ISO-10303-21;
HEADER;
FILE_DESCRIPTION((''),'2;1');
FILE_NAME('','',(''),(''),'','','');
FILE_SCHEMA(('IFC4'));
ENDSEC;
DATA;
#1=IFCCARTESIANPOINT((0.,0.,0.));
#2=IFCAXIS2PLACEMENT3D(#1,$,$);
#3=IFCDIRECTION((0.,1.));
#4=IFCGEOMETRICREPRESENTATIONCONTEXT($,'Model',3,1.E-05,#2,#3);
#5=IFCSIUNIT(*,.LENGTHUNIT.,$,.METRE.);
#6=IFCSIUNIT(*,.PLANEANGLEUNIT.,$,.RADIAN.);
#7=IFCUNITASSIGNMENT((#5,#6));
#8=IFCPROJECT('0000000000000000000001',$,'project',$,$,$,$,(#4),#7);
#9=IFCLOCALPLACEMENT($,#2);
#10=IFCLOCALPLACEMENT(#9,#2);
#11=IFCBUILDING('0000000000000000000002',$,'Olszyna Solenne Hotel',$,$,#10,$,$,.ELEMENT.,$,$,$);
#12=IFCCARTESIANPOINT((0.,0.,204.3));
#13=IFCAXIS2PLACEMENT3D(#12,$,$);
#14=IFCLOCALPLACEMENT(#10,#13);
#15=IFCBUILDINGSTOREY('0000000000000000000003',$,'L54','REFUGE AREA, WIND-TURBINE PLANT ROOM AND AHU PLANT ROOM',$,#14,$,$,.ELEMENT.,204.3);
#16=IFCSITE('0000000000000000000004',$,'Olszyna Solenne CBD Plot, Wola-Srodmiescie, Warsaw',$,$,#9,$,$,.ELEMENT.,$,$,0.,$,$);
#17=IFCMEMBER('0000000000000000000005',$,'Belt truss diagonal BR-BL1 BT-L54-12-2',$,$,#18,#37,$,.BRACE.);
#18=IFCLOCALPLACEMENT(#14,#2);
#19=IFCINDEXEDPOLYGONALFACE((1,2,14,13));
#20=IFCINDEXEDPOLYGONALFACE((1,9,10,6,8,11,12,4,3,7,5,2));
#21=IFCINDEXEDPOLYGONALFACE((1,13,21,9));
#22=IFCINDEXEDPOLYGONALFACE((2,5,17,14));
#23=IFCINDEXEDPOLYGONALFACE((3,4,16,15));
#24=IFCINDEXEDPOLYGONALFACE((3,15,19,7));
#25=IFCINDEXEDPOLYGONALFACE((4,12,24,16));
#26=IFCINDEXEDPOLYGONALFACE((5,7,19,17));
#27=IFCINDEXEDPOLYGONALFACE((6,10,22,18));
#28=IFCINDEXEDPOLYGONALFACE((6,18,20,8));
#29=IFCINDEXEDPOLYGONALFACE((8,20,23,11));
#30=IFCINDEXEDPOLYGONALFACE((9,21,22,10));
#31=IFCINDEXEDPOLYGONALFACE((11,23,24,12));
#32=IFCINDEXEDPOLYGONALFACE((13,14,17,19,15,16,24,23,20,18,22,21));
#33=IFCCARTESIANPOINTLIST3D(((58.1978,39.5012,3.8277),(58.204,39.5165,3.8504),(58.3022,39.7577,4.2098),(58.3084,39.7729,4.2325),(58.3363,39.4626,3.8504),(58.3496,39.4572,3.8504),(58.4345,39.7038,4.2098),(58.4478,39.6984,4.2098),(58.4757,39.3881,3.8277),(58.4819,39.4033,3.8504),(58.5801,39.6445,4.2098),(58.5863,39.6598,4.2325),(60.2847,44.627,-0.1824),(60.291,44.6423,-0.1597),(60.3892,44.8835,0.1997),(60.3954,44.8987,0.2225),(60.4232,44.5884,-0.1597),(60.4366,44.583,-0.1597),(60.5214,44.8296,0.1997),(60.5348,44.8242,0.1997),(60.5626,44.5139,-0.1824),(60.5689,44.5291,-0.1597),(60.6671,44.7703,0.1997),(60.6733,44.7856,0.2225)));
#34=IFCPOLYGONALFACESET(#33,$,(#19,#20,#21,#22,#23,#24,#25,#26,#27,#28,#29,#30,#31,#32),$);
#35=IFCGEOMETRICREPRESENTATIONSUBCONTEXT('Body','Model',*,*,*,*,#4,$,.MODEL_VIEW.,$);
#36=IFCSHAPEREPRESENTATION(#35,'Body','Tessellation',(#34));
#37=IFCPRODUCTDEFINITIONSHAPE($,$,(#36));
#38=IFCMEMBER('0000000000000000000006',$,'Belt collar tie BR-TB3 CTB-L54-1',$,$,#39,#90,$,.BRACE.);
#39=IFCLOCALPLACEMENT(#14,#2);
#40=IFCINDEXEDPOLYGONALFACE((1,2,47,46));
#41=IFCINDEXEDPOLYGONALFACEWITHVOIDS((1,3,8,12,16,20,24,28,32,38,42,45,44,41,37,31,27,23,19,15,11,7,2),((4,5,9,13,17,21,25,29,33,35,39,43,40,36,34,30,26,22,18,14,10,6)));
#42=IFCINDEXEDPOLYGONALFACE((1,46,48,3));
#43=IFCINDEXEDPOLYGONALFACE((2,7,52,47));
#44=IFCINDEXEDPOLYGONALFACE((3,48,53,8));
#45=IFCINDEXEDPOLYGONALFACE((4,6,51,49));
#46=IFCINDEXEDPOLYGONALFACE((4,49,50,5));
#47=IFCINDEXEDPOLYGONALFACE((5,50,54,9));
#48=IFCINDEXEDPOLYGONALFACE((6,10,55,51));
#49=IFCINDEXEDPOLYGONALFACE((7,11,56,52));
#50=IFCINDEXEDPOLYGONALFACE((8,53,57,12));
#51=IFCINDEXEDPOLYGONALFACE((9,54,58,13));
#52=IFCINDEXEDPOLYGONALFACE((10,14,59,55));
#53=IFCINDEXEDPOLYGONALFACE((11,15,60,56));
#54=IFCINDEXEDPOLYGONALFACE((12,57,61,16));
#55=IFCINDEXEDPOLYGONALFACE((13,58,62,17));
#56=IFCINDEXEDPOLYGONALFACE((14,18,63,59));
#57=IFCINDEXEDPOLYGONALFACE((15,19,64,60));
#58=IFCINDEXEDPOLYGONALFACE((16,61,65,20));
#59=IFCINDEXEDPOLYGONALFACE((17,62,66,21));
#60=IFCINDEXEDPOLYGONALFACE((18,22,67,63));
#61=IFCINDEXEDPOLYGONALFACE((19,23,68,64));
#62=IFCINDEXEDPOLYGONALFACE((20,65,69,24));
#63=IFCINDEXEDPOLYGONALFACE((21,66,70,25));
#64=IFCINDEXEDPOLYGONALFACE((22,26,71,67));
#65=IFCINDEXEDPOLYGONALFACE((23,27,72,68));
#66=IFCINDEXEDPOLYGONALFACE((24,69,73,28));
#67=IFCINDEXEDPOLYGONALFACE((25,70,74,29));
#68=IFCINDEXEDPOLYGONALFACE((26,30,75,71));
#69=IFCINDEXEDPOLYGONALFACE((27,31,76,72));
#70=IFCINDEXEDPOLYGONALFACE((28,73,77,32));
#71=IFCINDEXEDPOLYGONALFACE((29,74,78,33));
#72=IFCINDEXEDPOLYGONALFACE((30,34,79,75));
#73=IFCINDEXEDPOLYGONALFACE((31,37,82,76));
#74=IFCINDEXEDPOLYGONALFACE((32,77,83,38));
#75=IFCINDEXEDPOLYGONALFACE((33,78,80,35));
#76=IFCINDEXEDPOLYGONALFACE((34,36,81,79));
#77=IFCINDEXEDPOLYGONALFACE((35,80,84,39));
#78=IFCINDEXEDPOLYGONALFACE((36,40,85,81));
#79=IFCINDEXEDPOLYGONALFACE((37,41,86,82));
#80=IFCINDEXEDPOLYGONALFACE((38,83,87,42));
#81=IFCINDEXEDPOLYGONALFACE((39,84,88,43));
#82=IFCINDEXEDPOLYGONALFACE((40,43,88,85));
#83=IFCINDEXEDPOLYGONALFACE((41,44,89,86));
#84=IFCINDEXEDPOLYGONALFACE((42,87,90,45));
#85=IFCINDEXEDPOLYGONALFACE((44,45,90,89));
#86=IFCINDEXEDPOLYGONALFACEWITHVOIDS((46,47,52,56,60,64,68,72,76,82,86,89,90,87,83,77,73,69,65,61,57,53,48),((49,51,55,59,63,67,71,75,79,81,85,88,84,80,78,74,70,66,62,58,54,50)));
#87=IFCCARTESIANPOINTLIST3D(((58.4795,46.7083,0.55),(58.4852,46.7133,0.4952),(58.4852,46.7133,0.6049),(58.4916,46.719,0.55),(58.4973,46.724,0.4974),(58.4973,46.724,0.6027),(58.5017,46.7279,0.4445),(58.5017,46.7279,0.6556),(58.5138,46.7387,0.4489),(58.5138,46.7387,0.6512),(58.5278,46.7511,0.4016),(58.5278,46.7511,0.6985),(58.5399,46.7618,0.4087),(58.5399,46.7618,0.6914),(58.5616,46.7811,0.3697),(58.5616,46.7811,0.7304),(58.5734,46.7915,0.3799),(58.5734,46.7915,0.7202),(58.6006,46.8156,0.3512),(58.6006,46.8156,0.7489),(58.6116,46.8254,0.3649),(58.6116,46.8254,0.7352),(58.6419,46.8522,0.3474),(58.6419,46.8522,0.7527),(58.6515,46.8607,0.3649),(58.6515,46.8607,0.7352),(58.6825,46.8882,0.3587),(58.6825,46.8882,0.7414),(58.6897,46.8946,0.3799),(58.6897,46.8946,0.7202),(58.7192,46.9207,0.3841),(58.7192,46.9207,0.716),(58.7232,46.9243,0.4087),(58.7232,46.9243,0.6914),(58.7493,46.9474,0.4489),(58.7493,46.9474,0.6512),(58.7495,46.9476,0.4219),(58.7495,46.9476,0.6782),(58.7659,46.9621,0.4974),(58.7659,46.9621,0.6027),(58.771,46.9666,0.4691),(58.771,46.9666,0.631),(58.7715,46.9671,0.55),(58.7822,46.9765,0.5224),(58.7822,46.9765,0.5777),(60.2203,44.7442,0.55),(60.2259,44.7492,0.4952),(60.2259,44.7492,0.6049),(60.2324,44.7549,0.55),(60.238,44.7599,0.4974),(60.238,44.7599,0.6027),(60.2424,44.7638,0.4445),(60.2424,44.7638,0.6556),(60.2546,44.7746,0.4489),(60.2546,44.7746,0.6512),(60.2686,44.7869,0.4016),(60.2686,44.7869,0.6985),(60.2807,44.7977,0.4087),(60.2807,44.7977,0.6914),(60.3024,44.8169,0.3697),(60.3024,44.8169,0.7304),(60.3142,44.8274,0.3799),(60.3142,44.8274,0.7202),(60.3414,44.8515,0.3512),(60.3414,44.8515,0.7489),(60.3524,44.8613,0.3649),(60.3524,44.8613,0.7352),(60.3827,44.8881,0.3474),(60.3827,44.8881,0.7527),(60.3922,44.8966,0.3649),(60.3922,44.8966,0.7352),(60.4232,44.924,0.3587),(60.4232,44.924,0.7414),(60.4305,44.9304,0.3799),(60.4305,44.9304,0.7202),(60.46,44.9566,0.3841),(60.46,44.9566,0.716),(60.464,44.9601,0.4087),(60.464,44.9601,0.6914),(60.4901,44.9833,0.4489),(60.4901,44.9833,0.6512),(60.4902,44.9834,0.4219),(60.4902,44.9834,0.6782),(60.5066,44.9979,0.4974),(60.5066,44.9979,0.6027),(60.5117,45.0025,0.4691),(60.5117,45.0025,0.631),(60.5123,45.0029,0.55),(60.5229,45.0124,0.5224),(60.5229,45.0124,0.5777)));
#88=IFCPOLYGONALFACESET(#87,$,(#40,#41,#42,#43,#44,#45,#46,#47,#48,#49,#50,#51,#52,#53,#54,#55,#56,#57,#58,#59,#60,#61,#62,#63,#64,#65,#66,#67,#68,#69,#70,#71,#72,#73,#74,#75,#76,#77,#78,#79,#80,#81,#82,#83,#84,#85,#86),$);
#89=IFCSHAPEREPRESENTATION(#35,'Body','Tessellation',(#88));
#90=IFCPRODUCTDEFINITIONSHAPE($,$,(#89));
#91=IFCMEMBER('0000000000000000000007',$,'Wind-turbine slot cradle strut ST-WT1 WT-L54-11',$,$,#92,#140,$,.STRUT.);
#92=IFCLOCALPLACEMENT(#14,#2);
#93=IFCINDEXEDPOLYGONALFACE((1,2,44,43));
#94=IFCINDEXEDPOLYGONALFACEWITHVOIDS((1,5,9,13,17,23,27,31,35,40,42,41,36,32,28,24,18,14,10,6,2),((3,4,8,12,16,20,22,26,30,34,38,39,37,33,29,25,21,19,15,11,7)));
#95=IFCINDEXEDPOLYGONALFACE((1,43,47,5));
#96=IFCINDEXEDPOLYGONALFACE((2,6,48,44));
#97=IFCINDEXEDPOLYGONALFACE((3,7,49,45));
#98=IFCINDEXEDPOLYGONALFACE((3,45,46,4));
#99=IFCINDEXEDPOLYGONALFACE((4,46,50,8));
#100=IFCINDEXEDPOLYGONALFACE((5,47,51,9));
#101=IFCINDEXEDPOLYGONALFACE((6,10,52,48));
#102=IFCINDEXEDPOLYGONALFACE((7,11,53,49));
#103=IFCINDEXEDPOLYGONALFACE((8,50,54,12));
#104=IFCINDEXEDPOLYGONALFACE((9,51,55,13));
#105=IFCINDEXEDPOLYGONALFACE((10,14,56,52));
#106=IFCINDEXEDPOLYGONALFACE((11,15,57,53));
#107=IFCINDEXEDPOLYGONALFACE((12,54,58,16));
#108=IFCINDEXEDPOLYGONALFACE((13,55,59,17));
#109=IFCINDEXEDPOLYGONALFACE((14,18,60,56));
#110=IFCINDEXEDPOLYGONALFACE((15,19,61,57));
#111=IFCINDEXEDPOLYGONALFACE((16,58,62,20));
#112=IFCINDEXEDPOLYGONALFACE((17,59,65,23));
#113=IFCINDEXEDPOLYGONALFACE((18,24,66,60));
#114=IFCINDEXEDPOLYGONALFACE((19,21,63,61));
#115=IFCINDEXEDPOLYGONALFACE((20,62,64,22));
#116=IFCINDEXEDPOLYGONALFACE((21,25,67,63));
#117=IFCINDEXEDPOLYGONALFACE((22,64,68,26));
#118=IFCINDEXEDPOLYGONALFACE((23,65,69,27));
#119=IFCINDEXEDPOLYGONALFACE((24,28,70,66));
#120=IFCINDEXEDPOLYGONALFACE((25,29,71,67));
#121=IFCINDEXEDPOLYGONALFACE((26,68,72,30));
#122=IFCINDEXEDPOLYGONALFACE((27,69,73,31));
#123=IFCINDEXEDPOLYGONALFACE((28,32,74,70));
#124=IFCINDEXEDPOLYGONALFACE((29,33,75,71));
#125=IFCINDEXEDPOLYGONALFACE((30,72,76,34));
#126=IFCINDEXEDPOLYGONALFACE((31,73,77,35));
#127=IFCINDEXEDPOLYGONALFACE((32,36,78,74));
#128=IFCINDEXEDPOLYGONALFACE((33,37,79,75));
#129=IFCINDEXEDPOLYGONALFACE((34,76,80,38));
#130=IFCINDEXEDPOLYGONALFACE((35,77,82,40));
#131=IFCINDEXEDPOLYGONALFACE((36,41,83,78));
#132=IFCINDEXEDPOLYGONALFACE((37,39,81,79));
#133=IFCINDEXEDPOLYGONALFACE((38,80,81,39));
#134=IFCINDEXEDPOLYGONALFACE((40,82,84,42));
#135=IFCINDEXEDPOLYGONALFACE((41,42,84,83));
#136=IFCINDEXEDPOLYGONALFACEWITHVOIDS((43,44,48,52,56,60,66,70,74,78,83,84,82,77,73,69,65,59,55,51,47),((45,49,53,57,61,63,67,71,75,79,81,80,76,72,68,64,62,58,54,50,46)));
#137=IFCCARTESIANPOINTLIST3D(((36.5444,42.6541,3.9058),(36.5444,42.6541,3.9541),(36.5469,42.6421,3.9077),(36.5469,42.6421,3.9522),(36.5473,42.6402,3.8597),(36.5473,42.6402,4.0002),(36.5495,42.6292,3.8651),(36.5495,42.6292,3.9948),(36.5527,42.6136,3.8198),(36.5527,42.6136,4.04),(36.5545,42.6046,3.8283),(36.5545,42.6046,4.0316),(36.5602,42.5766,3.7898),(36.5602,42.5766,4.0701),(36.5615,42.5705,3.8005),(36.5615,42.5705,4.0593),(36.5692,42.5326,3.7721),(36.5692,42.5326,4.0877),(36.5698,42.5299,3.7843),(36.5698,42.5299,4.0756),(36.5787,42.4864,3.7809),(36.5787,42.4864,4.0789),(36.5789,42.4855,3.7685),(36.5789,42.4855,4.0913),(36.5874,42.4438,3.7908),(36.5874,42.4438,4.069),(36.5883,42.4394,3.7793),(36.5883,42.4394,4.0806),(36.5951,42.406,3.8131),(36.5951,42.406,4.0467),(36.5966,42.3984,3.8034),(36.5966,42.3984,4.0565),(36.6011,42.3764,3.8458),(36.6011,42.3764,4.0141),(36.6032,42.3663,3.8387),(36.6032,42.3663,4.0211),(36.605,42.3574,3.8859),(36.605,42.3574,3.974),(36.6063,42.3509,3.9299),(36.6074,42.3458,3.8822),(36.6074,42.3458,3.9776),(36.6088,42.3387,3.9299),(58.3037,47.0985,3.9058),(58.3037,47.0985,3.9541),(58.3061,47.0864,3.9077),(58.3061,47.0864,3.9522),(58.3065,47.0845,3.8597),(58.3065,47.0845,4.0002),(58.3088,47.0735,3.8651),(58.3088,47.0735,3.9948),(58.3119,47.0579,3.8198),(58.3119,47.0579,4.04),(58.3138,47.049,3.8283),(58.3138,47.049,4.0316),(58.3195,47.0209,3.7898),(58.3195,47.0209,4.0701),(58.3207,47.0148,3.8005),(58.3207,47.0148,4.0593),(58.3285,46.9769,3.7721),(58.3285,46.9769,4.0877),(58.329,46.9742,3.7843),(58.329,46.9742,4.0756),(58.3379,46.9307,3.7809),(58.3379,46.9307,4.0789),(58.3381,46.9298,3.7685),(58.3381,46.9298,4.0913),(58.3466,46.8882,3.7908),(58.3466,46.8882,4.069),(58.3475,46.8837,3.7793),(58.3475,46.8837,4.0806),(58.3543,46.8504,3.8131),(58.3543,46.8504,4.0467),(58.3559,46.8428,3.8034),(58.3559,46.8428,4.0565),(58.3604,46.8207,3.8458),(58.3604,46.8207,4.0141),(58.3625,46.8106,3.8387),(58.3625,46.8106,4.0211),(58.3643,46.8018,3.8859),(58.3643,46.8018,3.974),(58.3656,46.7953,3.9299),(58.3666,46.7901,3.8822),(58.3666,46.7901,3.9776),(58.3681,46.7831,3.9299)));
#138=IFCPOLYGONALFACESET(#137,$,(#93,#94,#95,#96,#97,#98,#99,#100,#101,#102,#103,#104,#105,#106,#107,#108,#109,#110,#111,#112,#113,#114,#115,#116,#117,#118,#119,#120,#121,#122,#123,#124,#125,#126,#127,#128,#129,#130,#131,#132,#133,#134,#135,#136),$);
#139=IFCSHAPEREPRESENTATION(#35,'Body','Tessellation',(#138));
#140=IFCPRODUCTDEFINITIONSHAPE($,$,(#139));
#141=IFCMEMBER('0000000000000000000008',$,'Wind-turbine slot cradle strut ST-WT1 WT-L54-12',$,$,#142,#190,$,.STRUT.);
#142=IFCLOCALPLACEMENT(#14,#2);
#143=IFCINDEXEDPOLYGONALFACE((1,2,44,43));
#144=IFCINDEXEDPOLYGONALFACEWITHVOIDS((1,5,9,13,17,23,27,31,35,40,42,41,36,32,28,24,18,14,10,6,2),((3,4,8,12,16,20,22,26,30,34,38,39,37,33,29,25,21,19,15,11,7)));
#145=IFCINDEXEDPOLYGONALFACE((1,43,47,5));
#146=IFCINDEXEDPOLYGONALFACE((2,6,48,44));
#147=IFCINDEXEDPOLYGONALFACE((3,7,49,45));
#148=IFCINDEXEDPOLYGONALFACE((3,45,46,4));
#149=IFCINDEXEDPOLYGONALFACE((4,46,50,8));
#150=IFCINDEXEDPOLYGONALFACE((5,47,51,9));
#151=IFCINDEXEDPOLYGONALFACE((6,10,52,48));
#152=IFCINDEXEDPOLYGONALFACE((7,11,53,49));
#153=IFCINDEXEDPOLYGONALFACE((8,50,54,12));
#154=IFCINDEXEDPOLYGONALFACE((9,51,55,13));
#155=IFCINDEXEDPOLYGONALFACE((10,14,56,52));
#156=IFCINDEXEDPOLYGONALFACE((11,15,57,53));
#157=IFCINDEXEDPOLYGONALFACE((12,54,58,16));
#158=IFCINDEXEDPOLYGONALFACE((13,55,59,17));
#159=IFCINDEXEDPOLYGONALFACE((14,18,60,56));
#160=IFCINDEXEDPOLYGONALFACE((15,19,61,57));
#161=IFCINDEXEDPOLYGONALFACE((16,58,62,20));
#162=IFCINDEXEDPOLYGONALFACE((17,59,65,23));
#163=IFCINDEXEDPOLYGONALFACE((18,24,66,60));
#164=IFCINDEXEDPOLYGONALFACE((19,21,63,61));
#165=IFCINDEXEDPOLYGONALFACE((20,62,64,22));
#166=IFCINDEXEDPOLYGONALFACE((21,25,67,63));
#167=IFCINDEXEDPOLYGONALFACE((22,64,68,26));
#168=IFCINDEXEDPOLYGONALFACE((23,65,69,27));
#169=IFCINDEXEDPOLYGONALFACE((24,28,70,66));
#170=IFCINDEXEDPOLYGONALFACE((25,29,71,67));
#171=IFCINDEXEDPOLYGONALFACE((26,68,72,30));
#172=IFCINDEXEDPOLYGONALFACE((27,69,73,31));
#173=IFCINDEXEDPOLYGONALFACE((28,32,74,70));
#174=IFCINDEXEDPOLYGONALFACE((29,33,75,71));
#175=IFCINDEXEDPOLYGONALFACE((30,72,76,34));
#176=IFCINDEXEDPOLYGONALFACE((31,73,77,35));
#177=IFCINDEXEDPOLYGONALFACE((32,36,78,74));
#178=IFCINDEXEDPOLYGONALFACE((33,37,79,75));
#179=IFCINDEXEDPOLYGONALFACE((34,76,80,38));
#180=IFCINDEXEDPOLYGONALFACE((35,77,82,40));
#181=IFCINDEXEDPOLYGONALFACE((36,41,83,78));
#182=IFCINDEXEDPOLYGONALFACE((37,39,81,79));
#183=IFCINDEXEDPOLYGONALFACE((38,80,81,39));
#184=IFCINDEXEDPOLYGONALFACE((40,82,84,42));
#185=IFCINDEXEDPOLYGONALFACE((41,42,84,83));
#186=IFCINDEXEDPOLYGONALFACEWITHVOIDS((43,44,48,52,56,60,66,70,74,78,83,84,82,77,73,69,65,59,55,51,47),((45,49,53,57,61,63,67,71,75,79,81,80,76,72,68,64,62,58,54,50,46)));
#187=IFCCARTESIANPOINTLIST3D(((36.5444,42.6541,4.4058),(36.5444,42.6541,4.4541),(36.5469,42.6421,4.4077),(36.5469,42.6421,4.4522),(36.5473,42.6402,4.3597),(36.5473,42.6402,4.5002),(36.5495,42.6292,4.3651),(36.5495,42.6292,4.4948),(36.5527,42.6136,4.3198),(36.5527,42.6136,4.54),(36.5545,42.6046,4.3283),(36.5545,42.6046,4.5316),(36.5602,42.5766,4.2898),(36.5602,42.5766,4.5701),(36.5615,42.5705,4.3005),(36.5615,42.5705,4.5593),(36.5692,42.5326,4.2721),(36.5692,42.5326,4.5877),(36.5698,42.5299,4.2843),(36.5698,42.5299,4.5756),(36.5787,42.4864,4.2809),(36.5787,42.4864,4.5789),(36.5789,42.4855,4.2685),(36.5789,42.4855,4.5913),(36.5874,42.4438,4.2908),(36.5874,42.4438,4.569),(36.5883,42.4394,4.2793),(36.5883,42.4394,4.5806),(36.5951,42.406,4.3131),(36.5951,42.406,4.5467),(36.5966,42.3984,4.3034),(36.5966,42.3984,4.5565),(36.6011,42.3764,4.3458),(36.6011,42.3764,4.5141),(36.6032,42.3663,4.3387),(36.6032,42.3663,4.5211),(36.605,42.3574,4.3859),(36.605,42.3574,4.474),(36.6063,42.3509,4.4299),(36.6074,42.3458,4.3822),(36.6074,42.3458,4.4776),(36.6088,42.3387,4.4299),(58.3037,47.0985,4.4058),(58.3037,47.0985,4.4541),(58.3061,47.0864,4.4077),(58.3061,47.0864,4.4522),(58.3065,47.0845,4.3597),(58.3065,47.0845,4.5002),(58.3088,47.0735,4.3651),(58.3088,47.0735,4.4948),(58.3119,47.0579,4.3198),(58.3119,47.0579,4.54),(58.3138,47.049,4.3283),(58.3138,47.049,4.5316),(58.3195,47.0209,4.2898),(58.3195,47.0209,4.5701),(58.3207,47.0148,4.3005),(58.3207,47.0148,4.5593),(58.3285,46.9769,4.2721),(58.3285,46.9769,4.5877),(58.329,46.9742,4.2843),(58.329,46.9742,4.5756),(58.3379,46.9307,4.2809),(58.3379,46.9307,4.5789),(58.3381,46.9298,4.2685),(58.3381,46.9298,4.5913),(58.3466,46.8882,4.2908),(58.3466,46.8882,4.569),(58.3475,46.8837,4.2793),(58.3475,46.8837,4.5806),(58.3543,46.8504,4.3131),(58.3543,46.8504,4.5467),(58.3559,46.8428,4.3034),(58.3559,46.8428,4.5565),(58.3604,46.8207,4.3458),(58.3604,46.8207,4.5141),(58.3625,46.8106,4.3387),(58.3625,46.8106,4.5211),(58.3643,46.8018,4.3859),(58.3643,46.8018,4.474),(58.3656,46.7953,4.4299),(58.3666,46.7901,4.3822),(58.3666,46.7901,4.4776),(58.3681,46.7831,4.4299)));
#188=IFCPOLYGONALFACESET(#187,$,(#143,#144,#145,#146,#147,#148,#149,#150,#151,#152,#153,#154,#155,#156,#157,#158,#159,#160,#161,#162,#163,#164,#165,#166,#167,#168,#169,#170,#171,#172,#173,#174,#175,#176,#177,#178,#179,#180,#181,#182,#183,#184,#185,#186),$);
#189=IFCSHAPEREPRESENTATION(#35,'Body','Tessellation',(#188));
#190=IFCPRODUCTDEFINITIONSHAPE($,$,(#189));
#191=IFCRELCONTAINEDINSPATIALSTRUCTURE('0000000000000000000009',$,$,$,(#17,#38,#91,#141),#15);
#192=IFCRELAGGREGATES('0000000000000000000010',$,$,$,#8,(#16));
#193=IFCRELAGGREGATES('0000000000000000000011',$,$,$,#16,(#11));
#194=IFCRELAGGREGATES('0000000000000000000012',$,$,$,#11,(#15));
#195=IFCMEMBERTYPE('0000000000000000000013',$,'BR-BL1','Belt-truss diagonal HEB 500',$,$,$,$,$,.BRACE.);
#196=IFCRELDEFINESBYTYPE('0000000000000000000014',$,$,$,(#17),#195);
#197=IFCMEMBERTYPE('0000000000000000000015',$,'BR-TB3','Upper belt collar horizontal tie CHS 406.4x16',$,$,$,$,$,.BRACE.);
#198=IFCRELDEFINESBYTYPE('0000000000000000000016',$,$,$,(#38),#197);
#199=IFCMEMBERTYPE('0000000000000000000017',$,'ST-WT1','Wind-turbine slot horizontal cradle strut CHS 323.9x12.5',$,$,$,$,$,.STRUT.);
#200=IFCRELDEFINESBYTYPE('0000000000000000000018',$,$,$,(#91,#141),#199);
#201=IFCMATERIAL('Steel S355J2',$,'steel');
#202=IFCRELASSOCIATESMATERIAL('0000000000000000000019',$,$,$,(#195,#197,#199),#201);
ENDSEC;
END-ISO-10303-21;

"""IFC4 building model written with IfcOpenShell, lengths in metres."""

from ifc_helpers import new_model, si_unit, direction, frame, origin, origin_2d, place, context, subcontext, project, spatial, hollow_circle, i_section, extrude, source, transform, mapped, material, material_profile, profile_set, type_object, element, save


model = new_model("IFC4")

# Units and contexts
model_context = context("Model", 3, precision=1e-05, world=origin(), true_north=direction((0.0, 1.0)))
body_context = subcontext(model_context, "Body", "Model", "MODEL_VIEW")
ifc_project = project(units=[si_unit("LENGTHUNIT", "METRE"), si_unit("PLANEANGLEUNIT", "RADIAN")], contexts=[model_context])

# Site, building, storey
site_placement = place(None, origin())
site = spatial("IfcSite", under=ifc_project, at=site_placement, Name="Olszyna Solenne CBD Plot, Wola-Srodmiescie, Warsaw", CompositionType="ELEMENT", RefElevation=0.0)
building_placement = place(site_placement, origin())
building = spatial("IfcBuilding", under=site, at=building_placement, Name="Olszyna Solenne Hotel", CompositionType="ELEMENT")
storey_placement = place(building_placement, frame((0.0, 0.0, 204.3)))
storey = spatial("IfcBuildingStorey", under=building, at=storey_placement, Name="L54", Description="REFUGE AREA, WIND-TURBINE PLANT ROOM AND AHU PLANT ROOM", CompositionType="ELEMENT", Elevation=204.3)

# Shared definitions
ifc_material_1 = material(Name="Steel S355J2", Category="steel")

# Members
ifc_material_profile_1 = material_profile(ifc_material_1, i_section(OverallWidth=0.3, OverallDepth=0.5, WebThickness=0.0144, FlangeThickness=0.0281, at=origin_2d()), Name="HEB 500", Category="load-bearing")
ifc_profile_set_1 = profile_set([ifc_material_profile_1], Name="Steel S355J2")
member_type_1 = type_object("IfcMemberType", Name="BR-BL1", Description="Belt-truss diagonal HEB 500", PredefinedType="BRACE", material=ifc_profile_set_1)
shared_shape_1 = source(origin(), body_context, "Body", "SweptSolid", [
    extrude(i_section(OverallWidth=0.3, OverallDepth=0.5, WebThickness=0.0144, FlangeThickness=0.0281, at=origin_2d()), origin(), (0.0, 0.0, 1.0), 6.8345),
])
member_1_placement = place(storey_placement, frame((60.479, 44.7063, 0.02), z_axis=(-0.305356, -0.749994, 0.586742), x_axis=(0.926177, -0.377088, 0.0)))
element("IfcMember", 1, at=member_1_placement, inside=storey, type_object=member_type_1, Name="Belt truss diagonal BR-BL1 BT-L54-12-2", PredefinedType="BRACE", context=body_context, shape_type="MappedRepresentation", body=[
    mapped(shared_shape_1, transform((0.0, 0.0, 0.0), x_axis=(1.0, 0.0, 0.0), y_axis=(0.0, 1.0, 0.0), z_axis=(0.0, 0.0, 1.0), scale=1.0)),
])
ifc_material_profile_2 = material_profile(ifc_material_1, hollow_circle(Radius=0.2031, WallThickness=0.0161, at=origin_2d()), Name="CHS 406.4x16", Category="load-bearing")
ifc_profile_set_2 = profile_set([ifc_material_profile_2], Name="Steel S355J2")
member_type_2 = type_object("IfcMemberType", Name="BR-TB3", Description="Upper belt collar horizontal tie CHS 406.4x16", PredefinedType="BRACE", material=ifc_profile_set_2)
shared_shape_2 = source(origin(), body_context, "Body", "SweptSolid", [
    extrude(hollow_circle(Radius=0.2031, WallThickness=0.0161, at=origin_2d()), origin(), (0.0, 0.0, 1.0), 2.6245),
])
member_2_placement = place(storey_placement, frame((60.3723, 44.8789, 0.55), z_axis=(-0.663266, 0.748384, 0.0), x_axis=(-0.748384, -0.663266, 0.0)))
element("IfcMember", 2, at=member_2_placement, inside=storey, type_object=member_type_2, Name="Belt collar tie BR-TB3 CTB-L54-1", PredefinedType="BRACE", context=body_context, shape_type="MappedRepresentation", body=[
    mapped(shared_shape_2, transform((0.0, 0.0, 0.0), x_axis=(1.0, 0.0, 0.0), y_axis=(0.0, 1.0, 0.0), z_axis=(0.0, 0.0, 1.0), scale=1.0)),
])
ifc_material_profile_3 = material_profile(ifc_material_1, hollow_circle(Radius=0.1619, WallThickness=0.0125, at=origin_2d()), Name="CHS 323.9x12.5", Category="load-bearing")
ifc_profile_set_3 = profile_set([ifc_material_profile_3], Name="Steel S355J2")
member_type_3 = type_object("IfcMemberType", Name="ST-WT1", Description="Wind-turbine slot horizontal cradle strut CHS 323.9x12.5", PredefinedType="STRUT", material=ifc_profile_set_3)
shared_shape_3 = source(origin(), body_context, "Body", "SweptSolid", [
    extrude(hollow_circle(Radius=0.1619, WallThickness=0.0125, at=origin_2d()), origin(), (0.0, 0.0, 1.0), 22.2085),
])
for number, where, z_axis, x_axis, name in (
    (3, (58.3357, 46.9417, 3.9299), (-0.979772, -0.200119, 0.0), (0.200119, -0.979772, 0.0), "Wind-turbine slot cradle strut ST-WT1 WT-L54-11"),
    (4, (58.3357, 46.9417, 4.4299), (-0.979772, -0.200119, 0.0), (0.200119, -0.979772, 0.0), "Wind-turbine slot cradle strut ST-WT1 WT-L54-12"),
):
    element("IfcMember", number, at=place(storey_placement, frame(where, z_axis=z_axis, x_axis=x_axis)), inside=storey, type_object=member_type_3, Name=name, PredefinedType="STRUT", context=body_context, shape_type="MappedRepresentation", body=[
        mapped(shared_shape_3, transform((0.0, 0.0, 0.0), x_axis=(1.0, 0.0, 0.0), y_axis=(0.0, 1.0, 0.0), z_axis=(0.0, 0.0, 1.0), scale=1.0)),
    ])

save(model, "model.ifc")
